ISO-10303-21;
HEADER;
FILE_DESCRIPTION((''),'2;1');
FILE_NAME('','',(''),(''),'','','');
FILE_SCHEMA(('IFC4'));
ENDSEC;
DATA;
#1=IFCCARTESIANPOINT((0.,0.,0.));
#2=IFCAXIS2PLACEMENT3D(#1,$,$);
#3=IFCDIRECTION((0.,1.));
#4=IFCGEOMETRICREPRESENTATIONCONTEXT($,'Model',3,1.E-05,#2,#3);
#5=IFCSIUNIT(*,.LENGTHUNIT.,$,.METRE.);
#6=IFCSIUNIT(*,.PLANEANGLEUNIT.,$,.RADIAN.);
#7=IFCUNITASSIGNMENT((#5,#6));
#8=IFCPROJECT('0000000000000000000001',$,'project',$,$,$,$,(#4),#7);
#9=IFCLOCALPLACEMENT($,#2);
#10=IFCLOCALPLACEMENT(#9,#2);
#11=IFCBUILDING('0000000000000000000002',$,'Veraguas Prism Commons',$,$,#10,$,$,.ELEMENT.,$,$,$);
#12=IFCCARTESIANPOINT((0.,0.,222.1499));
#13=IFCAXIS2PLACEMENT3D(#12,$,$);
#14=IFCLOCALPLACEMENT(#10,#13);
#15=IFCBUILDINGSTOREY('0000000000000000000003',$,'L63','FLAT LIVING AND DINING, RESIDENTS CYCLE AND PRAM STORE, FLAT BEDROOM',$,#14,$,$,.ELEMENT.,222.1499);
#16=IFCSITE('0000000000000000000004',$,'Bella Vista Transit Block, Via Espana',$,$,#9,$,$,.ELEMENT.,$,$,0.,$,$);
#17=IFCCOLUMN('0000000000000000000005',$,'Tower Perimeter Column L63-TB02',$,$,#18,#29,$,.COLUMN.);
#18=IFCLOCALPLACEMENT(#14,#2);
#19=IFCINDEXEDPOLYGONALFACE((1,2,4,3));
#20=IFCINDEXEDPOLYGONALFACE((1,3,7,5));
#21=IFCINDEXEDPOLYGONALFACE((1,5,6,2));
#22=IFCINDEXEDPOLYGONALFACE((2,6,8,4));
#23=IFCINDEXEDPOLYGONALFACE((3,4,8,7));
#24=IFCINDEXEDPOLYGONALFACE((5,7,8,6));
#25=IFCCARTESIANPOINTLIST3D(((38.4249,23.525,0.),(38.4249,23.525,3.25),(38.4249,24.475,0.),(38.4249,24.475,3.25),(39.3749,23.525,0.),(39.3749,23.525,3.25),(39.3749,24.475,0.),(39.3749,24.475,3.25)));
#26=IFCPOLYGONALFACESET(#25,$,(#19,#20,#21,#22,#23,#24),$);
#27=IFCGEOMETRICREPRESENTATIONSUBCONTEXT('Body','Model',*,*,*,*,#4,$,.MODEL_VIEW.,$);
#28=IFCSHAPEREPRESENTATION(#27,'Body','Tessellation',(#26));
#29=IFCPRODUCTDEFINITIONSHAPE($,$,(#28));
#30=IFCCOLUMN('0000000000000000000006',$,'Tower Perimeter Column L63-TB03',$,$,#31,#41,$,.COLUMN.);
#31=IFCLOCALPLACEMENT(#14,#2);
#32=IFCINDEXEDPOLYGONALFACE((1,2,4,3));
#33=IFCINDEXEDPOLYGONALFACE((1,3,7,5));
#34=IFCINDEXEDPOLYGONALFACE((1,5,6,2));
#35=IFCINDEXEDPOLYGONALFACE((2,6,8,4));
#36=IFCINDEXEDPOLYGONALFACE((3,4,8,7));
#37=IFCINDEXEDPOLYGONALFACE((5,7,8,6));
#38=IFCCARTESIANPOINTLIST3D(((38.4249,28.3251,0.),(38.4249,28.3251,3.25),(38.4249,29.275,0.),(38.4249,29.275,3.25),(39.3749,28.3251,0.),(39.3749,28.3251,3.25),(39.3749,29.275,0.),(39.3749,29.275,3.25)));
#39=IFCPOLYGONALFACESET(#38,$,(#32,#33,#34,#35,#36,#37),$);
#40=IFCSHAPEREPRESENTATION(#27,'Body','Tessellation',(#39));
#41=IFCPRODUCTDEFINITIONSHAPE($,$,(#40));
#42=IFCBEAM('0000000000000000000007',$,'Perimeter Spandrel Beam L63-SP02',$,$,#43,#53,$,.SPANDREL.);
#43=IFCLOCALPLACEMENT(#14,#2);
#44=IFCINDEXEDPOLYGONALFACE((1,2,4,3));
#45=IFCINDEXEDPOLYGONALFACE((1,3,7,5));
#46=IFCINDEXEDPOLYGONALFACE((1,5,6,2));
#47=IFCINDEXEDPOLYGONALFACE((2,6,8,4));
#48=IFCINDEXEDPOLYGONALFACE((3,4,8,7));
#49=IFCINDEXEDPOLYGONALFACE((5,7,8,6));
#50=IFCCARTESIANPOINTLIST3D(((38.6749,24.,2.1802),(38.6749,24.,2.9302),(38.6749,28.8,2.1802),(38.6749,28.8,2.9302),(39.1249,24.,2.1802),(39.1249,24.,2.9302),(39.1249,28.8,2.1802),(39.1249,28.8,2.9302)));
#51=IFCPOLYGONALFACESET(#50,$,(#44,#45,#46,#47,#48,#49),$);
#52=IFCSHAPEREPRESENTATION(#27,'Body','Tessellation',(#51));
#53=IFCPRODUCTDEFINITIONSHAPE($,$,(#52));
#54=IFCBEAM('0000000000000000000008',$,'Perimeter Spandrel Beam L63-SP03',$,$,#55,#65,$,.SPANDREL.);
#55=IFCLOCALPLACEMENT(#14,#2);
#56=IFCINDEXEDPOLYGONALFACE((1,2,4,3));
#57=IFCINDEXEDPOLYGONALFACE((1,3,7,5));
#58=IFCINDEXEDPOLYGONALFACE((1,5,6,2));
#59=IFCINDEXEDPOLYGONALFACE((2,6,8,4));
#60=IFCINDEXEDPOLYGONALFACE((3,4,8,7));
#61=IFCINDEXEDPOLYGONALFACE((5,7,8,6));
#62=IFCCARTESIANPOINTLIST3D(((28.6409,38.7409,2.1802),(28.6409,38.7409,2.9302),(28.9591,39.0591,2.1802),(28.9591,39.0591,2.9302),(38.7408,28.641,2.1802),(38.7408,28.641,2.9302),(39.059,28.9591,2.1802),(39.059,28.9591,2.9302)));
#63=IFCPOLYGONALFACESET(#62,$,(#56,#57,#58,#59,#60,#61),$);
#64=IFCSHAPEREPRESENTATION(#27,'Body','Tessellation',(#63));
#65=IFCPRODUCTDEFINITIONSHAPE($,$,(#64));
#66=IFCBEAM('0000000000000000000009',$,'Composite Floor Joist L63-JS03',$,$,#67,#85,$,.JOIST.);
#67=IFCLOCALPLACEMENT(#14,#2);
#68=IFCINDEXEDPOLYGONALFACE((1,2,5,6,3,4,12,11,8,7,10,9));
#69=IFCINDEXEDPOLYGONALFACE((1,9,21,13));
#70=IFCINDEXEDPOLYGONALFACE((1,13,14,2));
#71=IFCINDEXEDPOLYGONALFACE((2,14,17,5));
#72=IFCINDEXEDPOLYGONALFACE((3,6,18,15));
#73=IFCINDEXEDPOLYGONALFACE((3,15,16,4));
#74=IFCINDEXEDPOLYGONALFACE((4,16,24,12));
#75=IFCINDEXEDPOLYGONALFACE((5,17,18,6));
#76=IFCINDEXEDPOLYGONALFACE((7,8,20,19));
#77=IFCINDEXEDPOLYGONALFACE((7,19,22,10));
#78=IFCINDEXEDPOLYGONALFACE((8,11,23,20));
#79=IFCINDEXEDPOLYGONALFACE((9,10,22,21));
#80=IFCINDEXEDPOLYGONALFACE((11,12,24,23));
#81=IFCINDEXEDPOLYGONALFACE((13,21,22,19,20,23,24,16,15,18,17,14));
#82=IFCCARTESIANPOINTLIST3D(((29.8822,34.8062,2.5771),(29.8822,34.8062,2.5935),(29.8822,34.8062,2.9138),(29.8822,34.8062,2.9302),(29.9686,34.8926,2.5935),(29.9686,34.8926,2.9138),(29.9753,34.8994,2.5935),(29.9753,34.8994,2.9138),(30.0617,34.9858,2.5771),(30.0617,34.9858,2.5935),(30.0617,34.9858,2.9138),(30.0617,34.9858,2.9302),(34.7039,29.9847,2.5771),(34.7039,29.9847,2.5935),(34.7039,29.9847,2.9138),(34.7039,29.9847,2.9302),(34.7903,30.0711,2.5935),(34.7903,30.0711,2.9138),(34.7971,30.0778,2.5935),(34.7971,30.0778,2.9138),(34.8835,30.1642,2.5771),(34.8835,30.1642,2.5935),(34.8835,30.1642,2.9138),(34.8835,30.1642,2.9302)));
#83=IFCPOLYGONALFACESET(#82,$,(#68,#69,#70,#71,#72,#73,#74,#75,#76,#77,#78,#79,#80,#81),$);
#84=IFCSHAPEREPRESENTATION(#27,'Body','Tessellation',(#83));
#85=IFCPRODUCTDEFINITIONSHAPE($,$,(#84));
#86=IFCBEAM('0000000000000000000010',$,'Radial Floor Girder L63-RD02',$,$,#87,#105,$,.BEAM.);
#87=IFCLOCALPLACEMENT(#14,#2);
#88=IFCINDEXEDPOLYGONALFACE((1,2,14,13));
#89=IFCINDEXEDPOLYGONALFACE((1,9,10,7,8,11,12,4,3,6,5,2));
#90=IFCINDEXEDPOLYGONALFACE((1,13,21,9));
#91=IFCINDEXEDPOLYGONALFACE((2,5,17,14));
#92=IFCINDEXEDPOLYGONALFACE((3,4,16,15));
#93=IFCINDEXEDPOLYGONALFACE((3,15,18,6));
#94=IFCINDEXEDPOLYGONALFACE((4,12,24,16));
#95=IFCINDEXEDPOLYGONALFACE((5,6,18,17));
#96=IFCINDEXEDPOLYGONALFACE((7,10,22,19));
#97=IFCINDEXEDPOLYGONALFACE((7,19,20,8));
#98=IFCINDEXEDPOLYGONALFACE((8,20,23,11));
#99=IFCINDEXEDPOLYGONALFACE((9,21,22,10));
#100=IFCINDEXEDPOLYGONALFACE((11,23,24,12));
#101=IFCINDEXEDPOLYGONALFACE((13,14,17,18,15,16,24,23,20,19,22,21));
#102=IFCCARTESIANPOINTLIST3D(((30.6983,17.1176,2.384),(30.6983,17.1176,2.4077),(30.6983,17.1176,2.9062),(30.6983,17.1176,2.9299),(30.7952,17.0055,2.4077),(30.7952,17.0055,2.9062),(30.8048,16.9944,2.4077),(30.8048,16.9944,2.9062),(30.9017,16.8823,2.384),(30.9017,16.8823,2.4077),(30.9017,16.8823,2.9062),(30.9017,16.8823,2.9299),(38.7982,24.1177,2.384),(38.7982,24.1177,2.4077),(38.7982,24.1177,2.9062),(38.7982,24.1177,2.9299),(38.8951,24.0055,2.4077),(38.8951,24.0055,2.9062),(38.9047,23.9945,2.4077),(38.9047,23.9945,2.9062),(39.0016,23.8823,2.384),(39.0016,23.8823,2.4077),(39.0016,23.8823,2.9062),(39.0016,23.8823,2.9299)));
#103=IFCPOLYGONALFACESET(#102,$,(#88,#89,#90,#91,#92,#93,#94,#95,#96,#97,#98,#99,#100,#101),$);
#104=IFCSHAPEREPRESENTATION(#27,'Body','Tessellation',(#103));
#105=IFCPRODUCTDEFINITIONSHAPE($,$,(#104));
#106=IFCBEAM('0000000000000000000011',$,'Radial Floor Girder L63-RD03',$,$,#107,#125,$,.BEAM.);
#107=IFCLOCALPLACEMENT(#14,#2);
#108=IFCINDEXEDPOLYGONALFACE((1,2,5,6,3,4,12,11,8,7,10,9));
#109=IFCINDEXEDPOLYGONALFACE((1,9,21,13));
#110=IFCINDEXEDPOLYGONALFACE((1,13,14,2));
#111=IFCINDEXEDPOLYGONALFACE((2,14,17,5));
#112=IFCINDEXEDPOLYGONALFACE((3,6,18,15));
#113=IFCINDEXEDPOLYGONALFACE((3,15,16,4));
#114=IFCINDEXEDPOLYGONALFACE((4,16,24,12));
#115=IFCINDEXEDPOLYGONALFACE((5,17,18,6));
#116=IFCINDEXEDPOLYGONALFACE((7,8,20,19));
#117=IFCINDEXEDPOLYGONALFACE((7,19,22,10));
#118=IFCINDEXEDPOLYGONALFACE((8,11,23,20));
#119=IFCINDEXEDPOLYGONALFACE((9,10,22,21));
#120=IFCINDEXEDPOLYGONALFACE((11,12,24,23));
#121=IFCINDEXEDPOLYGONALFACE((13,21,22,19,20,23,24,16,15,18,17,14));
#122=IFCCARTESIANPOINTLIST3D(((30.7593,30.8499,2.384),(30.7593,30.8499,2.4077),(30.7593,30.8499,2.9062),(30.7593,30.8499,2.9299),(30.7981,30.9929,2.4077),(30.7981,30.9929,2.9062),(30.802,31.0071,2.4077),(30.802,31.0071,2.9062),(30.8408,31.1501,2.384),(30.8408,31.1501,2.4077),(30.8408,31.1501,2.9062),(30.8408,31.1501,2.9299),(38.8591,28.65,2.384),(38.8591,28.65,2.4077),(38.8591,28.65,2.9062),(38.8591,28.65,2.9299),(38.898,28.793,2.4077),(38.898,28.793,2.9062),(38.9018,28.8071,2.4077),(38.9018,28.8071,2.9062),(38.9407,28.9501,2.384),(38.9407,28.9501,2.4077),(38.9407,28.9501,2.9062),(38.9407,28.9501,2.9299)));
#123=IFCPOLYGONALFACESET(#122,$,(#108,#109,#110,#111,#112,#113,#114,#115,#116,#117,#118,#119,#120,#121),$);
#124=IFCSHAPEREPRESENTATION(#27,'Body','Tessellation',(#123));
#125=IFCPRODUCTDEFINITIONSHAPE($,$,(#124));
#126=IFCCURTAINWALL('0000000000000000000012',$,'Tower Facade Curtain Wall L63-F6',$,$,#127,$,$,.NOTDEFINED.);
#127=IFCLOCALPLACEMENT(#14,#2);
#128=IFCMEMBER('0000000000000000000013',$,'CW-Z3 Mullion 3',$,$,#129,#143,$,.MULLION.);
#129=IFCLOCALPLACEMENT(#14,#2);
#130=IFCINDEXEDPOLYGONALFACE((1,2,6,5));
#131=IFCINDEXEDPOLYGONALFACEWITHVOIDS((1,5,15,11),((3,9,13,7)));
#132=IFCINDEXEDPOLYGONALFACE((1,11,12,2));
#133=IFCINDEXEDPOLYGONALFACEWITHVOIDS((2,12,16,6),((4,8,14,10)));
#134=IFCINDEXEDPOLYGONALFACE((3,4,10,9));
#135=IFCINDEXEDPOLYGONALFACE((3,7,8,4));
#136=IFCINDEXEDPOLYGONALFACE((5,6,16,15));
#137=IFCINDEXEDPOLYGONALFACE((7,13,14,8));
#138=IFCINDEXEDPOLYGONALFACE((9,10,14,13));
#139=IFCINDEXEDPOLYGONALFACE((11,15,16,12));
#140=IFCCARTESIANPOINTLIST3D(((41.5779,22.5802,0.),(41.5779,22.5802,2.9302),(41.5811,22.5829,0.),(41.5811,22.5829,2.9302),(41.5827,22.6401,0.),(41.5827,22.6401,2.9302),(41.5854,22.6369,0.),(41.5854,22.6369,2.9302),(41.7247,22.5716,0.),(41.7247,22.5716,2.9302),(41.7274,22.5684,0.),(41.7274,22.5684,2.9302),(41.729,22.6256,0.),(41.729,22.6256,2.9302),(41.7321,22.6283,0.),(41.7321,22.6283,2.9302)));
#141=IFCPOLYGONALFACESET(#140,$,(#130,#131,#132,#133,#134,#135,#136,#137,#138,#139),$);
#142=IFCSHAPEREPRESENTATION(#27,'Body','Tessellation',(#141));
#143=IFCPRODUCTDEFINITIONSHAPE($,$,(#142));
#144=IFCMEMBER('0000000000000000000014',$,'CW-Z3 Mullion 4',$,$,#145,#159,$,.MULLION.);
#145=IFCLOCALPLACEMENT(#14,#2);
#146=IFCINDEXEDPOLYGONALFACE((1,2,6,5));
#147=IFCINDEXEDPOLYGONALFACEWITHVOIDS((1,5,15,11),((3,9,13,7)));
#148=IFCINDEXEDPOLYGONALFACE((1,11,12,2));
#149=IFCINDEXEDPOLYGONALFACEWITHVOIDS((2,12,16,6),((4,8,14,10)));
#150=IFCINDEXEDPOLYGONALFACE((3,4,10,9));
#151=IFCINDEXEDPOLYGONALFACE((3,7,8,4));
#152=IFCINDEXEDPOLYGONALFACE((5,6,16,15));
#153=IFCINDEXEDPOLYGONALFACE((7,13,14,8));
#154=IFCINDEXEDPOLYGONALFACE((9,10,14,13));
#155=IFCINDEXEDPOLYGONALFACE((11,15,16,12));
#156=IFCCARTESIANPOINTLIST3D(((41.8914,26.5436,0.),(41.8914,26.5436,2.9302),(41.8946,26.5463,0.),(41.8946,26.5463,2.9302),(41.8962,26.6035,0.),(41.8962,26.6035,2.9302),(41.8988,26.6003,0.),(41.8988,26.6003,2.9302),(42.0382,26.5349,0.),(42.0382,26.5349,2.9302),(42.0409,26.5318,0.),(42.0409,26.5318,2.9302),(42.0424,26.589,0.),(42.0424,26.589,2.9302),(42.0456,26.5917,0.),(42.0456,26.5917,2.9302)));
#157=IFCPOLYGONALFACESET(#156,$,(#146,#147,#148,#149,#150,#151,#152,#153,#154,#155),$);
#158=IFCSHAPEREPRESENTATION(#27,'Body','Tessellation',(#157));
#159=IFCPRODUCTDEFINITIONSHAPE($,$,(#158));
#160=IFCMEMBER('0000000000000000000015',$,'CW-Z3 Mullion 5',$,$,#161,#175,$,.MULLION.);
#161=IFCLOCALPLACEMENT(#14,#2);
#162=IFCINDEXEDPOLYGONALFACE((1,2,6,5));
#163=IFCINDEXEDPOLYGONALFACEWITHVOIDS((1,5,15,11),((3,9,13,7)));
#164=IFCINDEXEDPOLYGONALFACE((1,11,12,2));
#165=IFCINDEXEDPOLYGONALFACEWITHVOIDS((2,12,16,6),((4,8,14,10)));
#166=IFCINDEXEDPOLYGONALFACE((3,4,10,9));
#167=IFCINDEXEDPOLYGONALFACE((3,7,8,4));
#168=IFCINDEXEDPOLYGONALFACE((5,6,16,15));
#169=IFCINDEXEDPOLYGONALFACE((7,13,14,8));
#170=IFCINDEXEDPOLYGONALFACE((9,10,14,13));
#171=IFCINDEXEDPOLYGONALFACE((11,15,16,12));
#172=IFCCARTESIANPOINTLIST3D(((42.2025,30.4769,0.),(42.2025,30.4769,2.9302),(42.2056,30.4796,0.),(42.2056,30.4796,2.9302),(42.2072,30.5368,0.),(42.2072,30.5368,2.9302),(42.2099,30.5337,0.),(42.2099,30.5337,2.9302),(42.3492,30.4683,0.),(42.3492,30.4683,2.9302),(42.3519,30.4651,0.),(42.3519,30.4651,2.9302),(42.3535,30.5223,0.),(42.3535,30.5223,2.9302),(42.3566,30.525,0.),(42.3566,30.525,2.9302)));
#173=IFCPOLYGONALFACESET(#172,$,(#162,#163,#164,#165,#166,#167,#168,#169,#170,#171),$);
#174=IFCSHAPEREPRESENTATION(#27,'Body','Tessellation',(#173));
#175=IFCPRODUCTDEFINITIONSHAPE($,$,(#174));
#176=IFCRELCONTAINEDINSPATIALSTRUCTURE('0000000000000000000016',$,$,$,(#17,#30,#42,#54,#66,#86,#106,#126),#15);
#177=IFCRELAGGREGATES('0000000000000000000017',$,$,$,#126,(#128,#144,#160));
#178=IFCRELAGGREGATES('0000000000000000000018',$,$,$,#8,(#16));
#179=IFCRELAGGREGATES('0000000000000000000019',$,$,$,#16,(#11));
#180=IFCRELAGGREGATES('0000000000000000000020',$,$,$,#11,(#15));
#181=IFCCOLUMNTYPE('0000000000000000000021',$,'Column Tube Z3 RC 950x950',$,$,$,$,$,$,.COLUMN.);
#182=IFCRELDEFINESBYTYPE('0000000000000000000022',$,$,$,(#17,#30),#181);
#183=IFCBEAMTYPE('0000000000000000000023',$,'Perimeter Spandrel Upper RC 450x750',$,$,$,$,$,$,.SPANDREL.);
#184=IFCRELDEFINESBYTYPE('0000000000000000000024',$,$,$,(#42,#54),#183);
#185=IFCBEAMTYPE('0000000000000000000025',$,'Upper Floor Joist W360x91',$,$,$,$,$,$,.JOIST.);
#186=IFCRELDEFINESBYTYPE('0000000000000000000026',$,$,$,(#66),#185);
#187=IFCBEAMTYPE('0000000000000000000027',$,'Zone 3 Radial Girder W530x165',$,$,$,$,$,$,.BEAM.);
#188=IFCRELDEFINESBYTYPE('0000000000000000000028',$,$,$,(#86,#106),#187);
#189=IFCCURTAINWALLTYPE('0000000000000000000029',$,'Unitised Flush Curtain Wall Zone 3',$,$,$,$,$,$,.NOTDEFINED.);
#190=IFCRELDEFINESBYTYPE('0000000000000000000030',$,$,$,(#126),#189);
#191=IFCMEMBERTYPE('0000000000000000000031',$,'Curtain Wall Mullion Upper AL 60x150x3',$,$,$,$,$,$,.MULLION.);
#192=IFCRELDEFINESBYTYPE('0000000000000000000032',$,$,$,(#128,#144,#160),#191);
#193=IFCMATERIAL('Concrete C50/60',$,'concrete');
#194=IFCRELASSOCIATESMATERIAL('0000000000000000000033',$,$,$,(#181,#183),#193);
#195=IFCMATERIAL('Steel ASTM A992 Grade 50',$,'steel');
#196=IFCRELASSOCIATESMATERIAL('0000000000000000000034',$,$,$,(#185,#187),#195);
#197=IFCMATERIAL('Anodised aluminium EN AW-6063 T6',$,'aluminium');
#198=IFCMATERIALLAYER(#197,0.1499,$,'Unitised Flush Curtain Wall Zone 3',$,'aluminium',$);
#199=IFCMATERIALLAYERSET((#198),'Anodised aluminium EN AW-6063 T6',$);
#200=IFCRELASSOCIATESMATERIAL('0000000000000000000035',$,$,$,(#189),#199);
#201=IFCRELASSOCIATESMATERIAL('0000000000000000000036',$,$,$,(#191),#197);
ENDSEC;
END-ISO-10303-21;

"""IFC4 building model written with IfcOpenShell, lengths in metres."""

from ifc_helpers import new_model, si_unit, direction, frame, origin, origin_2d, place, context, subcontext, project, spatial, rectangle, hollow_rectangle, i_section, extrude, source, transform, mapped, material, layer, layer_set, material_profile, profile_set, type_object, element, aggregate, save


model = new_model("IFC4")

# Units and contexts
model_context = context("Model", 3, precision=1e-05, world=origin(), true_north=direction((0.0, 1.0)))
body_context = subcontext(model_context, "Body", "Model", "MODEL_VIEW")
ifc_project = project(units=[si_unit("LENGTHUNIT", "METRE"), si_unit("PLANEANGLEUNIT", "RADIAN")], contexts=[model_context])

# Site, building, storey
site_placement = place(None, origin())
site = spatial("IfcSite", under=ifc_project, at=site_placement, Name="Bella Vista Transit Block, Via Espana", CompositionType="ELEMENT", RefElevation=0.0)
building_placement = place(site_placement, origin())
building = spatial("IfcBuilding", under=site, at=building_placement, Name="Veraguas Prism Commons", CompositionType="ELEMENT")
storey_placement = place(building_placement, frame((0.0, 0.0, 222.1499)))
storey = spatial("IfcBuildingStorey", under=building, at=storey_placement, Name="L63", Description="FLAT LIVING AND DINING, RESIDENTS CYCLE AND PRAM STORE, FLAT BEDROOM", CompositionType="ELEMENT", Elevation=222.1499)

# Columns
ifc_material_1 = material(Name="Concrete C50/60", Category="concrete")
ifc_material_profile_1 = material_profile(ifc_material_1, rectangle(XDim=0.95, YDim=0.95, at=origin_2d()), Name="RC950X950")
ifc_profile_set_1 = profile_set([ifc_material_profile_1], Name="Concrete C50/60")
column_type = type_object("IfcColumnType", Name="Column Tube Z3 RC 950x950", PredefinedType="COLUMN", material=ifc_profile_set_1)
for number, where, z_axis, x_axis, name in (
    (1, (38.8999, 24.0, 0.0), (0.0, 0.0, 1.0), (1.0, 0.0, 0.0), "Tower Perimeter Column L63-TB02"),
    (2, (38.8999, 28.8, 0.0), (0.0, 0.0, 1.0), (1.0, 0.0, 0.0), "Tower Perimeter Column L63-TB03"),
):
    element("IfcColumn", number, at=place(storey_placement, frame(where, z_axis=z_axis, x_axis=x_axis)), inside=storey, type_object=column_type, Name=name, PredefinedType="COLUMN", context=body_context, shape_type="SweptSolid", body=[
        extrude(rectangle(XDim=0.95, YDim=0.95, at=origin_2d()), origin(), (0.0, 0.0, 1.0), 3.25),
    ])

# Beams
ifc_material_profile_2 = material_profile(ifc_material_1, rectangle(XDim=0.45, YDim=0.75, at=origin_2d()), Name="RC450X750")
ifc_profile_set_2 = profile_set([ifc_material_profile_2], Name="Concrete C50/60")
beam_type_1 = type_object("IfcBeamType", Name="Perimeter Spandrel Upper RC 450x750", PredefinedType="SPANDREL", material=ifc_profile_set_2)
beam_1_placement = place(storey_placement, frame((38.8999, 24.0, 2.5552), z_axis=(0.0, 1.0, 0.0), x_axis=(-1.0, 0.0, 0.0)))
element("IfcBeam", 3, at=beam_1_placement, inside=storey, type_object=beam_type_1, Name="Perimeter Spandrel Beam L63-SP02", PredefinedType="SPANDREL", context=body_context, shape_type="SweptSolid", body=[
    extrude(rectangle(XDim=0.45, YDim=0.75, at=origin_2d()), origin(), (0.0, 0.0, 1.0), 4.8),
])
beam_2_placement = place(storey_placement, frame((38.8999, 28.8, 2.5552), z_axis=(-0.707107, 0.707107, 0.0), x_axis=(-0.707107, -0.707107, 0.0)))
element("IfcBeam", 4, at=beam_2_placement, inside=storey, type_object=beam_type_1, Name="Perimeter Spandrel Beam L63-SP03", PredefinedType="SPANDREL", context=body_context, shape_type="SweptSolid", body=[
    extrude(rectangle(XDim=0.45, YDim=0.75, at=origin_2d()), origin(), (0.0, 0.0, 1.0), 14.2834),
])
ifc_material_2 = material(Name="Steel ASTM A992 Grade 50", Category="steel")
ifc_material_profile_3 = material_profile(ifc_material_2, i_section(OverallWidth=0.2539, OverallDepth=0.353, WebThickness=0.0095, FlangeThickness=0.0164, at=origin_2d()), Name="W360X91")
ifc_profile_set_3 = profile_set([ifc_material_profile_3], Name="Steel ASTM A992 Grade 50")
beam_type_2 = type_object("IfcBeamType", Name="Upper Floor Joist W360x91", PredefinedType="JOIST", material=ifc_profile_set_3)
beam_3_placement = place(storey_placement, frame((34.7937, 30.0745, 2.7537), z_axis=(-0.707125, 0.707089, 0.0), x_axis=(-0.707089, -0.707125, 0.0)))
element("IfcBeam", 5, at=beam_3_placement, inside=storey, type_object=beam_type_2, Name="Composite Floor Joist L63-JS03", PredefinedType="JOIST", context=body_context, shape_type="SweptSolid", body=[
    extrude(i_section(OverallWidth=0.2539, OverallDepth=0.353, WebThickness=0.0095, FlangeThickness=0.0164, at=origin_2d()), origin(), (0.0, 0.0, 1.0), 6.8188),
])
ifc_material_profile_4 = material_profile(ifc_material_2, i_section(OverallWidth=0.311, OverallDepth=0.5459, WebThickness=0.0146, FlangeThickness=0.0237, at=origin_2d()), Name="W530X165")
ifc_profile_set_4 = profile_set([ifc_material_profile_4], Name="Steel ASTM A992 Grade 50")
beam_type_3 = type_object("IfcBeamType", Name="Zone 3 Radial Girder W530x165", PredefinedType="BEAM", material=ifc_profile_set_4)
beam_4_placement = place(storey_placement, frame((38.8999, 24.0, 2.657), z_axis=(-0.756607, -0.65387, 0.0), x_axis=(0.65387, -0.756607, 0.0)))
element("IfcBeam", 6, at=beam_4_placement, inside=storey, type_object=beam_type_3, Name="Radial Floor Girder L63-RD02", PredefinedType="BEAM", context=body_context, shape_type="SweptSolid", body=[
    extrude(i_section(OverallWidth=0.311, OverallDepth=0.5459, WebThickness=0.0146, FlangeThickness=0.0237, at=origin_2d()), origin(), (0.0, 0.0, 1.0), 10.7056),
])
beam_5_placement = place(storey_placement, frame((38.8999, 28.8, 2.657), z_axis=(-0.965039, 0.262108, 0.0), x_axis=(-0.262108, -0.965039, 0.0)))
element("IfcBeam", 7, at=beam_5_placement, inside=storey, type_object=beam_type_3, Name="Radial Floor Girder L63-RD03", PredefinedType="BEAM", context=body_context, shape_type="SweptSolid", body=[
    extrude(i_section(OverallWidth=0.311, OverallDepth=0.5459, WebThickness=0.0146, FlangeThickness=0.0237, at=origin_2d()), origin(), (0.0, 0.0, 1.0), 8.3933),
])

# Curtain wall, members
ifc_material_3 = material(Name="Anodised aluminium EN AW-6063 T6", Category="aluminium")
ifc_layer_1 = layer(ifc_material_3, 0.1499, Name="Unitised Flush Curtain Wall Zone 3", Category="aluminium")
ifc_layer_set_1 = layer_set([ifc_layer_1], Name="Anodised aluminium EN AW-6063 T6")
curtain_wall_type = type_object("IfcCurtainWallType", Name="Unitised Flush Curtain Wall Zone 3", PredefinedType="NOTDEFINED", material=ifc_layer_set_1)
curtain_wall_placement = place(storey_placement, origin())
curtain_wall = element("IfcCurtainWall", 8, at=curtain_wall_placement, inside=storey, type_object=curtain_wall_type, Name="Tower Facade Curtain Wall L63-F6", PredefinedType="NOTDEFINED")
ifc_material_profile_5 = material_profile(ifc_material_3, hollow_rectangle(XDim=0.0601, YDim=0.1499, WallThickness=0.0029, at=origin_2d()), Name="AL60X150X3")
ifc_profile_set_5 = profile_set([ifc_material_profile_5], Name="Anodised aluminium EN AW-6063 T6")
member_type = type_object("IfcMemberType", Name="Curtain Wall Mullion Upper AL 60x150x3", PredefinedType="MULLION", material=ifc_profile_set_5)
shared_shape_1 = source(origin(), body_context, "Body", "SweptSolid", [
    extrude(hollow_rectangle(XDim=0.0601, YDim=0.1499, WallThickness=0.0029, at=origin_2d()), origin(), (0.0, 0.0, 1.0), 2.9302),
])
member_1_placement = place(storey_placement, frame((41.655, 22.6042, 0.0), z_axis=(0.0, 0.0, 1.0), x_axis=(0.078812, 0.996889, 0.0)))
member_1 = element("IfcMember", 9, at=member_1_placement, type_object=member_type, Name="CW-Z3 Mullion 3", PredefinedType="MULLION", context=body_context, shape_type="MappedRepresentation", body=[
    mapped(shared_shape_1, transform((0.0, 0.0, 0.0), scale=1.0)),
])
member_2_placement = place(storey_placement, frame((41.9685, 26.5676, 0.0), z_axis=(0.0, 0.0, 1.0), x_axis=(0.078812, 0.996889, 0.0)))
member_2 = element("IfcMember", 10, at=member_2_placement, type_object=member_type, Name="CW-Z3 Mullion 4", PredefinedType="MULLION", context=body_context, shape_type="MappedRepresentation", body=[
    mapped(shared_shape_1, transform((0.0, 0.0, 0.0), scale=1.0)),
])
member_3_placement = place(storey_placement, frame((42.2795, 30.501, 0.0), z_axis=(0.0, 0.0, 1.0), x_axis=(0.078812, 0.996889, 0.0)))
member_3 = element("IfcMember", 11, at=member_3_placement, type_object=member_type, Name="CW-Z3 Mullion 5", PredefinedType="MULLION", context=body_context, shape_type="MappedRepresentation", body=[
    mapped(shared_shape_1, transform((0.0, 0.0, 0.0), scale=1.0)),
])
aggregate(curtain_wall, [member_1, member_2, member_3])

save(model, "model.ifc")
